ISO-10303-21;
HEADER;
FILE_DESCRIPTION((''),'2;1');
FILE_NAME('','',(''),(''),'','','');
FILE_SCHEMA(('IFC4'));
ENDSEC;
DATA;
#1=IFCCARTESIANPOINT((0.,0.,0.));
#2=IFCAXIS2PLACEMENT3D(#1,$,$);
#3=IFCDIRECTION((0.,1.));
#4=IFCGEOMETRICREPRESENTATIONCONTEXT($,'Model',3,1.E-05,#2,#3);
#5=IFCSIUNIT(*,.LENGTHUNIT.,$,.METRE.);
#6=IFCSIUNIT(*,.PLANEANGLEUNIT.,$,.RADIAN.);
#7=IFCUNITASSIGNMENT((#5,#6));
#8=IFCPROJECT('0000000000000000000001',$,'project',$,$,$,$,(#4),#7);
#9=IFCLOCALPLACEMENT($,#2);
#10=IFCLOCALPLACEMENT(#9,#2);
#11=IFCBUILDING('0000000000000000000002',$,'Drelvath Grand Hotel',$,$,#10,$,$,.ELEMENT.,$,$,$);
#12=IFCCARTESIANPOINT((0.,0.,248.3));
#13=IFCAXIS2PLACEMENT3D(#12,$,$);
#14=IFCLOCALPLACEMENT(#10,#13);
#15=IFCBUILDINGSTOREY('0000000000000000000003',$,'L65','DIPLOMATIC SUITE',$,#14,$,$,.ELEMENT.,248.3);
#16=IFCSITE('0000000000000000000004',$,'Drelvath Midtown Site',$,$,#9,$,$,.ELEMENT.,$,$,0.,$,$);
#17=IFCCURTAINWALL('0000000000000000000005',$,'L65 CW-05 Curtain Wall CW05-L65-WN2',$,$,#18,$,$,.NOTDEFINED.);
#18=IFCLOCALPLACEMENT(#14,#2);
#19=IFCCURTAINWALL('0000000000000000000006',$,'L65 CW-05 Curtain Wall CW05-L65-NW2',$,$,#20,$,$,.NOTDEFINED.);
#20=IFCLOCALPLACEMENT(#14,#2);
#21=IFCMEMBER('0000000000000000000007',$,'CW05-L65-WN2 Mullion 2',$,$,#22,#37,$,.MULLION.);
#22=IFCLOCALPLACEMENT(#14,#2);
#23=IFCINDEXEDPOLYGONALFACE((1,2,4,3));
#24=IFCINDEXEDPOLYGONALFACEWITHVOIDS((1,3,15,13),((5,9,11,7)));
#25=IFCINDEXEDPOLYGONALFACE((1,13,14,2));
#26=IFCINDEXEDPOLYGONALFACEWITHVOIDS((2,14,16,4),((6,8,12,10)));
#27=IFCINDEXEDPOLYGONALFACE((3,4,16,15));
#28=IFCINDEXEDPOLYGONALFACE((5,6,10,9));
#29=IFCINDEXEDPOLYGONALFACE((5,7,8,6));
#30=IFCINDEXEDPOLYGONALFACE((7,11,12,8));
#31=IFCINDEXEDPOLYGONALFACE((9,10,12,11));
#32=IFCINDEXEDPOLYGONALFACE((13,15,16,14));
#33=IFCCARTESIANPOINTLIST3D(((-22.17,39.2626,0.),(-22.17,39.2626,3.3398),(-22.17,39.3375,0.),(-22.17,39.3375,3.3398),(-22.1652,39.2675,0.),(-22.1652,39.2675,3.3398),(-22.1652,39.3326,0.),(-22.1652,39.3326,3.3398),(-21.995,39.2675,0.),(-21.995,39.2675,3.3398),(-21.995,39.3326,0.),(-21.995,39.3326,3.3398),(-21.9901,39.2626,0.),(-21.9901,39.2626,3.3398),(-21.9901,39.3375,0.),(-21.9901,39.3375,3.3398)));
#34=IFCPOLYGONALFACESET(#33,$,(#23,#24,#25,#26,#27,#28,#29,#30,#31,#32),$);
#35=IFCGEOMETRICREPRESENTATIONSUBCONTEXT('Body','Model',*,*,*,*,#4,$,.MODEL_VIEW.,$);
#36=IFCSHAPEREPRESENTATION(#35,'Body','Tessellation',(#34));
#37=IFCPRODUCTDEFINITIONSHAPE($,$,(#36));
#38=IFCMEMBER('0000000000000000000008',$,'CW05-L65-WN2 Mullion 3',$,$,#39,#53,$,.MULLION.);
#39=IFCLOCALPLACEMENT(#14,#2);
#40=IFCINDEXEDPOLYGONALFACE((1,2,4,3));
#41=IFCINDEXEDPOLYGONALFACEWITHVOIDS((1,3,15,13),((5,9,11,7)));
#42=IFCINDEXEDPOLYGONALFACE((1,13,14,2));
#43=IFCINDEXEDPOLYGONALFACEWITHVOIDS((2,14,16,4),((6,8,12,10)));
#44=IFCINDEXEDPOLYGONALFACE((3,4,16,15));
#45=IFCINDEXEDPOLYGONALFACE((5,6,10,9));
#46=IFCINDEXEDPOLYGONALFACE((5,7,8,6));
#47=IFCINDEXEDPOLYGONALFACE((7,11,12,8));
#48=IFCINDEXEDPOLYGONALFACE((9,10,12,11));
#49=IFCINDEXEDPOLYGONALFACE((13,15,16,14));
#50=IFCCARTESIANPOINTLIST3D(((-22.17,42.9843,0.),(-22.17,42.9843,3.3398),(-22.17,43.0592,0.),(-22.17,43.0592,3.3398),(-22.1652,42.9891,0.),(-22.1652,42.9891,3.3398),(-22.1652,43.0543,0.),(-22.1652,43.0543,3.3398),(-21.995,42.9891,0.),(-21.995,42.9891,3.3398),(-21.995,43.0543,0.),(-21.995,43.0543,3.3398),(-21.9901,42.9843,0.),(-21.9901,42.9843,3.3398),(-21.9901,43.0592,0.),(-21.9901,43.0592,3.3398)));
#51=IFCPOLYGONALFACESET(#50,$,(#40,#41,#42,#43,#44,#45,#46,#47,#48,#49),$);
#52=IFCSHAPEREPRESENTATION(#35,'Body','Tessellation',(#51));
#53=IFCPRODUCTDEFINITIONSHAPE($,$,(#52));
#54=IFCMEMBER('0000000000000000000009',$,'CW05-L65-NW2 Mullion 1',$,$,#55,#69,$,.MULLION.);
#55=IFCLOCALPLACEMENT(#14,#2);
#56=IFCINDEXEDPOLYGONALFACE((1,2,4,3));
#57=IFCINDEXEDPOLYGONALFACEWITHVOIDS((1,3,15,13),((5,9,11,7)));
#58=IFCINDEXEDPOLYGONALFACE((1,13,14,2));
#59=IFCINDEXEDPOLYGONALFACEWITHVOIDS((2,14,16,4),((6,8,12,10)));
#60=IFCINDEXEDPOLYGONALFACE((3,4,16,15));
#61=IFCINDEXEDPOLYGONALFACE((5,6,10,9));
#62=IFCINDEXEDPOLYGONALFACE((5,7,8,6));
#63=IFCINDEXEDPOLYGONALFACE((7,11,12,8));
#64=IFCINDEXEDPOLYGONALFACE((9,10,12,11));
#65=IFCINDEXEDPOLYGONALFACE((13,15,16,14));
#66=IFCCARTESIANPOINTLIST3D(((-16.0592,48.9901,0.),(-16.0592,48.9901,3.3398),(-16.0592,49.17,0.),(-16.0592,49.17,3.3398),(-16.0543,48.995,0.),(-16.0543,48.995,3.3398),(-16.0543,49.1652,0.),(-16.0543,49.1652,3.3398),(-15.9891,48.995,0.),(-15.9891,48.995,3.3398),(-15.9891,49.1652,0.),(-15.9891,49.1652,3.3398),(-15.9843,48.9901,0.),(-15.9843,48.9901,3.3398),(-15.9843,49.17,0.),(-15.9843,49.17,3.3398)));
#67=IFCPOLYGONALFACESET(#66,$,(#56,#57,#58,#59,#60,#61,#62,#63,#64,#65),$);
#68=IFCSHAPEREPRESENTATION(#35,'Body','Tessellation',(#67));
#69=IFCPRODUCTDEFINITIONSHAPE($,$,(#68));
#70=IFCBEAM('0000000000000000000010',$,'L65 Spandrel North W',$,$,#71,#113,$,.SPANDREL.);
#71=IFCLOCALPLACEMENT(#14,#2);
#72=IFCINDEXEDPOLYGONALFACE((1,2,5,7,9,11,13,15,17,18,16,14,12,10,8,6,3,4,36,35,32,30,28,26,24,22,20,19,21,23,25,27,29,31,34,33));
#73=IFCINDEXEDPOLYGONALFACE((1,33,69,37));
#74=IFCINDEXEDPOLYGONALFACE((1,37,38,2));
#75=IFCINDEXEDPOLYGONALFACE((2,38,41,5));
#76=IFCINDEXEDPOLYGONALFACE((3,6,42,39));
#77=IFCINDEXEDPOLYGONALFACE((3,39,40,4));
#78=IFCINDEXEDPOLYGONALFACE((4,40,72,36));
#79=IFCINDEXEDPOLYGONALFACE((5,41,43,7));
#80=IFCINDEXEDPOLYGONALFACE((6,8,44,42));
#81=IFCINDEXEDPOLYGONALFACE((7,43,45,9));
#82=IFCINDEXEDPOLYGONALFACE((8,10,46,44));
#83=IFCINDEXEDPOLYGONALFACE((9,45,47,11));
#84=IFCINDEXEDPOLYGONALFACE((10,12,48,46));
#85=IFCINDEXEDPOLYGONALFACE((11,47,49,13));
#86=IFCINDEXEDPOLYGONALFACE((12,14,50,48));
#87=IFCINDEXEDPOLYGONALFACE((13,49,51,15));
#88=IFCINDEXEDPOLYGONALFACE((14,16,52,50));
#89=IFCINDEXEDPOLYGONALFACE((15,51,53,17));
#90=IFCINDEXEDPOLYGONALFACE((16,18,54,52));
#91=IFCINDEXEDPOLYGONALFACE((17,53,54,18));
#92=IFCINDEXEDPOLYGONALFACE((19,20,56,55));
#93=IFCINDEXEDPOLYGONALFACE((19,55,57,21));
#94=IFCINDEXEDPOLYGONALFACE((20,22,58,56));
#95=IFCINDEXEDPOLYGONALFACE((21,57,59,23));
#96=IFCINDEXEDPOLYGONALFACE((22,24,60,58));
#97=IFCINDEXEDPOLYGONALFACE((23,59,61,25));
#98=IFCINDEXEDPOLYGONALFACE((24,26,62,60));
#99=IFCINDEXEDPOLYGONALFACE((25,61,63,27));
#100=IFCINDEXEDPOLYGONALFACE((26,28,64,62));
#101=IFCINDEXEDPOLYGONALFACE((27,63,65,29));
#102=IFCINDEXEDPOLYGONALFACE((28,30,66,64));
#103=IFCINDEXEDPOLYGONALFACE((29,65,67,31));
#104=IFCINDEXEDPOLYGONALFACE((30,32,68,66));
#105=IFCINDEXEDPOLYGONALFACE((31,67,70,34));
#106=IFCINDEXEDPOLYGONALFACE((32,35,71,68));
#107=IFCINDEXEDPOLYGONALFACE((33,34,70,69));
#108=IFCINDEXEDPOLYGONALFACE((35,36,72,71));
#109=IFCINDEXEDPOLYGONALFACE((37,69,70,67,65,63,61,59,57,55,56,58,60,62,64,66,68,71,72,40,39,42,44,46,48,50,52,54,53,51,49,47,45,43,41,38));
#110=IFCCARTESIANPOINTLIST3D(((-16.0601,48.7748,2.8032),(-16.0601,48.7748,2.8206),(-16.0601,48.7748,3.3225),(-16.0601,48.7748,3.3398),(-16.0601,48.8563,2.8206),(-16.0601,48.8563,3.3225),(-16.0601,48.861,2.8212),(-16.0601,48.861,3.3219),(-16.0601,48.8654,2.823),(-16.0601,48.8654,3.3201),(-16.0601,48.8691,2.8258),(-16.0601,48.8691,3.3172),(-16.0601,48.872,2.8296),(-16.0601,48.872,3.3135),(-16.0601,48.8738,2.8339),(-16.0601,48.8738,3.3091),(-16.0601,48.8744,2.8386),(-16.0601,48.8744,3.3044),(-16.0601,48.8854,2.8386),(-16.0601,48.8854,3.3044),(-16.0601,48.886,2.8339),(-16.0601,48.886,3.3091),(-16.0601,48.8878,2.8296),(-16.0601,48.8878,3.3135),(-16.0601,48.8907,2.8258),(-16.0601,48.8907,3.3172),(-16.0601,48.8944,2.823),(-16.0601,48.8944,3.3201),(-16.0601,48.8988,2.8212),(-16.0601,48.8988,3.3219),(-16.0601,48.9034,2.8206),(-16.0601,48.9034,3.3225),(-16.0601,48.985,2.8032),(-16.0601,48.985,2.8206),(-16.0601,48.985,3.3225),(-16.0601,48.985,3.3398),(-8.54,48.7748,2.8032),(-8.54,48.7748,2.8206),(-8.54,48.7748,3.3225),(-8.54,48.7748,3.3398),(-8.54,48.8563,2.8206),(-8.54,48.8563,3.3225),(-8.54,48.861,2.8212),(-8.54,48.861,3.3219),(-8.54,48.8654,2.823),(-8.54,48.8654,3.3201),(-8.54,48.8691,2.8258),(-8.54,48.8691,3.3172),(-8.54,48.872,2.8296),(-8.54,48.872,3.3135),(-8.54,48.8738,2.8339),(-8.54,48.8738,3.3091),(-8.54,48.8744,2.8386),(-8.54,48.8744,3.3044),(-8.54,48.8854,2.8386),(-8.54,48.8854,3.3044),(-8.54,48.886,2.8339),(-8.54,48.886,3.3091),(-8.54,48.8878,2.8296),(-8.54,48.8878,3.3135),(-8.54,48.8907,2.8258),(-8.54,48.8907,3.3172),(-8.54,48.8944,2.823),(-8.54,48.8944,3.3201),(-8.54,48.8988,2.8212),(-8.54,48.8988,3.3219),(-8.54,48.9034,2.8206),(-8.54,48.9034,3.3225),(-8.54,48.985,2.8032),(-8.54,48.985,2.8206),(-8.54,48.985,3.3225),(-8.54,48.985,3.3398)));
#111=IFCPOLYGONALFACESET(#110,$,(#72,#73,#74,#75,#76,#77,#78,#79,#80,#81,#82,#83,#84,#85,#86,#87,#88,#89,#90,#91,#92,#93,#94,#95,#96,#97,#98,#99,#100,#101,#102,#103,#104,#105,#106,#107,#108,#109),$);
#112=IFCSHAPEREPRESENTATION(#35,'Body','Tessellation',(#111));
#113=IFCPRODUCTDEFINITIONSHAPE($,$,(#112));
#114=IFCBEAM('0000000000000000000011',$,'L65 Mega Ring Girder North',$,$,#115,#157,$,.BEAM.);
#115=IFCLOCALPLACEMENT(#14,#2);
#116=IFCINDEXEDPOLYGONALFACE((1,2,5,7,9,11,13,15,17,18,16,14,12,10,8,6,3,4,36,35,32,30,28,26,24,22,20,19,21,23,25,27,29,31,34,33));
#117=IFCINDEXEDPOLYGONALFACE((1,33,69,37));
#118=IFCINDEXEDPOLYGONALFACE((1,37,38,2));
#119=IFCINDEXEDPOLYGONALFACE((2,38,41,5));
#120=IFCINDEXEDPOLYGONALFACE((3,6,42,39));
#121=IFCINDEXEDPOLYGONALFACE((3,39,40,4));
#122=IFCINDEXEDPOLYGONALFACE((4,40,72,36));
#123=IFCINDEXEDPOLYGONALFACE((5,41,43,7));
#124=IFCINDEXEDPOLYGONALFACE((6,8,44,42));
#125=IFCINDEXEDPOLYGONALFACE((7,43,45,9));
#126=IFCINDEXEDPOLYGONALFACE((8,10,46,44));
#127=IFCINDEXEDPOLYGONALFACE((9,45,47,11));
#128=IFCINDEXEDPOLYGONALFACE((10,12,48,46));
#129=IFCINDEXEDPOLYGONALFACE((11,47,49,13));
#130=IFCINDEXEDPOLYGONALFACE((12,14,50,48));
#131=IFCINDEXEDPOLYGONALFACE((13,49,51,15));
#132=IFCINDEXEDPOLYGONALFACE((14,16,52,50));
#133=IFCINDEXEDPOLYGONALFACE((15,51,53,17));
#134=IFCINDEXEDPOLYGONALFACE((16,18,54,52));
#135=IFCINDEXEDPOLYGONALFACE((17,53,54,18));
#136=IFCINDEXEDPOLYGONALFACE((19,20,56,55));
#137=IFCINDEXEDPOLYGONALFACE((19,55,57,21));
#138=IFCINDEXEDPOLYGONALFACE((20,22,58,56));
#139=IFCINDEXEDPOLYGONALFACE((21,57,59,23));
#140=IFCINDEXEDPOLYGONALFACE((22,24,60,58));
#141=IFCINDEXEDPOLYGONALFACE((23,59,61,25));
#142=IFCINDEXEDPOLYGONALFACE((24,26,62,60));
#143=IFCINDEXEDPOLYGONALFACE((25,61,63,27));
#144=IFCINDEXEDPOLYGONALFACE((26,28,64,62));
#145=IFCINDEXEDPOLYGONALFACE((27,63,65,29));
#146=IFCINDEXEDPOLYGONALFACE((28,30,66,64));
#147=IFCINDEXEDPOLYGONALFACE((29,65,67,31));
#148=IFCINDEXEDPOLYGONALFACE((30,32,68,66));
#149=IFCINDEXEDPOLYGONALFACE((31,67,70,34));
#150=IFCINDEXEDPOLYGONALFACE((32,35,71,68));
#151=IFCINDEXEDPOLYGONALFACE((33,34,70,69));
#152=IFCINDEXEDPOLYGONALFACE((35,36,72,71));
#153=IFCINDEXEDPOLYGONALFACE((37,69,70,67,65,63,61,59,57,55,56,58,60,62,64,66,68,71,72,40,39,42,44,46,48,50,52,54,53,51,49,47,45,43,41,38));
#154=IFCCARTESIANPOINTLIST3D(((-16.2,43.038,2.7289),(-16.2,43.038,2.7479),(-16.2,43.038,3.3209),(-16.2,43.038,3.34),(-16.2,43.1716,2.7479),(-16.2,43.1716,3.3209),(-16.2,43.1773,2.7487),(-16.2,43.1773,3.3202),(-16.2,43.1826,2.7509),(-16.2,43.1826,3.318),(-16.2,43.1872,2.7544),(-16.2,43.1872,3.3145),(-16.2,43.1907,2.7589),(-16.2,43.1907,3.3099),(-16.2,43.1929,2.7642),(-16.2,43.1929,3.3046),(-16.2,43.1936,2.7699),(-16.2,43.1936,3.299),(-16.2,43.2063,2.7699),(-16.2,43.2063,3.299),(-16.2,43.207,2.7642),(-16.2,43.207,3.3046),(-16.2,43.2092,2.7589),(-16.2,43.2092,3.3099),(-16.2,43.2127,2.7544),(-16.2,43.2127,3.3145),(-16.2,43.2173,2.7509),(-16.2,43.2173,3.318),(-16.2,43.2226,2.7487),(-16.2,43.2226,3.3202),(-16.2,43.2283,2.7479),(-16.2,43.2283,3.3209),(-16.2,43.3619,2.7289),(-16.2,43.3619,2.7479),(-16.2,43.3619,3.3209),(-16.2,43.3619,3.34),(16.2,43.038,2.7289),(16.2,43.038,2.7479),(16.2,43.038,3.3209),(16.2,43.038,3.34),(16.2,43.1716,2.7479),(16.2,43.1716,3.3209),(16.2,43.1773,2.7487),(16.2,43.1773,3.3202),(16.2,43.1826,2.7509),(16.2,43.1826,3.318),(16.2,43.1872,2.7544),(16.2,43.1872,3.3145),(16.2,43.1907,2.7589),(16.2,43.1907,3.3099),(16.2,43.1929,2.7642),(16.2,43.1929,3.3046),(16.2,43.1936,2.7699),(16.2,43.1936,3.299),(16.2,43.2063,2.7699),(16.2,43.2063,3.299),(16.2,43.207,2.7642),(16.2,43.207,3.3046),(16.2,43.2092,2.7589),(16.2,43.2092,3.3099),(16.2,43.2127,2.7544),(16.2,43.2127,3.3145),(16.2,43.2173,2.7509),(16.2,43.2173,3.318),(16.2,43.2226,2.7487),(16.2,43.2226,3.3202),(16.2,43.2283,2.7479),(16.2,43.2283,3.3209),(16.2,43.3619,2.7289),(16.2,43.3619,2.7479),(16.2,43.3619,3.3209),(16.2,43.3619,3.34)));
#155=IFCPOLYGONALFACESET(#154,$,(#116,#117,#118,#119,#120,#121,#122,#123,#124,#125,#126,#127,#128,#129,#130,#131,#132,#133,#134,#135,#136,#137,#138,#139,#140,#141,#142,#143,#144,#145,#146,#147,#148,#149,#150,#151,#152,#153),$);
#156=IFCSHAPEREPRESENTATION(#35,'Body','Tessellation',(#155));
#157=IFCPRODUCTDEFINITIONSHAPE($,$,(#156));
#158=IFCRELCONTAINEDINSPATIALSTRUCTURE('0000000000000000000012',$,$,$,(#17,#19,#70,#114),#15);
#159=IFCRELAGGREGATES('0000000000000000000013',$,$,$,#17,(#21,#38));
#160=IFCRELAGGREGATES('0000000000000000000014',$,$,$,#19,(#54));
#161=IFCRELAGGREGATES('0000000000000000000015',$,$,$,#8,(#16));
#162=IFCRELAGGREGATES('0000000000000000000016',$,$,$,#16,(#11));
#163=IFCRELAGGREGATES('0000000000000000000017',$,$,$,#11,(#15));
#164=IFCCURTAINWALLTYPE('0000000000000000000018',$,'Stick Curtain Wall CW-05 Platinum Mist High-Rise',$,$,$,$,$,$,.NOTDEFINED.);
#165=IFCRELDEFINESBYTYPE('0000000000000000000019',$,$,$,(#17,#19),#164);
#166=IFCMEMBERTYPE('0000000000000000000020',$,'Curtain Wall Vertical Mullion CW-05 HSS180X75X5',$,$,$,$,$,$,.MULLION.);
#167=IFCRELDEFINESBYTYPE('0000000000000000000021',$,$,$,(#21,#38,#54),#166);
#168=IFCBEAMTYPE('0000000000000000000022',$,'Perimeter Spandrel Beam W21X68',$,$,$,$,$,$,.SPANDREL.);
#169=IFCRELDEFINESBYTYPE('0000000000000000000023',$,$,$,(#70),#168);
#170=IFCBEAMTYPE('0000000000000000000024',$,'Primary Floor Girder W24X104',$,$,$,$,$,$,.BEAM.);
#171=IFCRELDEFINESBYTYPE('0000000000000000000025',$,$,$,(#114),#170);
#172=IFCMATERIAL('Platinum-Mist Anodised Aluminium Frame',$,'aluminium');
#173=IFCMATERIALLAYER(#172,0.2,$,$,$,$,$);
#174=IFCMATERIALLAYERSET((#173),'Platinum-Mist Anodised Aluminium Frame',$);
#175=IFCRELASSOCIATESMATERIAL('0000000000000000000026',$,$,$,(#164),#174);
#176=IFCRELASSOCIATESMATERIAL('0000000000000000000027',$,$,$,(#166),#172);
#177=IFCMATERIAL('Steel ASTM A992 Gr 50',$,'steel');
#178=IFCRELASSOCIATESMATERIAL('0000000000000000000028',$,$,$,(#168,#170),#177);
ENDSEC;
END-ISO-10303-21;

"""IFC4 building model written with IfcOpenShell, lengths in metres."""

from ifc_helpers import new_model, si_unit, direction, frame, origin, origin_2d, place, context, subcontext, project, spatial, hollow_rectangle, i_section, extrude, material, layer, layer_set, material_profile, profile_set, type_object, element, aggregate, save


model = new_model("IFC4")

# Units and contexts
model_context = context("Model", 3, precision=1e-05, world=origin(), true_north=direction((0.0, 1.0)))
body_context = subcontext(model_context, "Body", "Model", "MODEL_VIEW")
ifc_project = project(units=[si_unit("LENGTHUNIT", "METRE"), si_unit("PLANEANGLEUNIT", "RADIAN")], contexts=[model_context])

# Site, building, storey
site_placement = place(None, origin())
site = spatial("IfcSite", under=ifc_project, at=site_placement, Name="Drelvath Midtown Site", CompositionType="ELEMENT", RefElevation=0.0)
building_placement = place(site_placement, origin())
building = spatial("IfcBuilding", under=site, at=building_placement, Name="Drelvath Grand Hotel", CompositionType="ELEMENT")
storey_placement = place(building_placement, frame((0.0, 0.0, 248.3)))
storey = spatial("IfcBuildingStorey", under=building, at=storey_placement, Name="L65", Description="DIPLOMATIC SUITE", CompositionType="ELEMENT", Elevation=248.3)

# Shared definitions
ifc_material_1 = material(Name="Steel ASTM A992 Gr 50", Category="steel")

# Curtain walls
ifc_material_2 = material(Name="Platinum-Mist Anodised Aluminium Frame", Category="aluminium")
ifc_layer_1 = layer(ifc_material_2, 0.2)
ifc_layer_set_1 = layer_set([ifc_layer_1], Name="Platinum-Mist Anodised Aluminium Frame")
curtain_wall_type = type_object("IfcCurtainWallType", Name="Stick Curtain Wall CW-05 Platinum Mist High-Rise", PredefinedType="NOTDEFINED", material=ifc_layer_set_1)
curtain_wall_1_placement = place(storey_placement, origin())
curtain_wall_1 = element("IfcCurtainWall", 1, at=curtain_wall_1_placement, inside=storey, type_object=curtain_wall_type, Name="L65 CW-05 Curtain Wall CW05-L65-WN2", PredefinedType="NOTDEFINED")
curtain_wall_2_placement = place(storey_placement, origin())
curtain_wall_2 = element("IfcCurtainWall", 2, at=curtain_wall_2_placement, inside=storey, type_object=curtain_wall_type, Name="L65 CW-05 Curtain Wall CW05-L65-NW2", PredefinedType="NOTDEFINED")

# Members
ifc_material_profile_1 = material_profile(ifc_material_2, hollow_rectangle(XDim=0.075, YDim=0.1799, WallThickness=0.0049, at=origin_2d()), Name="HSS180X75X5")
ifc_profile_set_1 = profile_set([ifc_material_profile_1], Name="Platinum-Mist Anodised Aluminium Frame")
member_type_1 = type_object("IfcMemberType", Name="Curtain Wall Vertical Mullion CW-05 HSS180X75X5", PredefinedType="MULLION", material=ifc_profile_set_1)
member_1_placement = place(storey_placement, frame((-22.0801, 39.3, 0.0), z_axis=(0.0, 0.0, 1.0), x_axis=(0.0, 1.0, 0.0)))
member_1 = element("IfcMember", 3, at=member_1_placement, type_object=member_type_1, Name="CW05-L65-WN2 Mullion 2", PredefinedType="MULLION", context=body_context, shape_type="SweptSolid", body=[
    extrude(hollow_rectangle(XDim=0.075, YDim=0.1799, WallThickness=0.0049, at=origin_2d()), origin(), (0.0, 0.0, 1.0), 3.3398),
])
member_2_placement = place(storey_placement, frame((-22.0801, 43.0217, 0.0), z_axis=(0.0, 0.0, 1.0), x_axis=(0.0, 1.0, 0.0)))
member_2 = element("IfcMember", 4, at=member_2_placement, type_object=member_type_1, Name="CW05-L65-WN2 Mullion 3", PredefinedType="MULLION", context=body_context, shape_type="SweptSolid", body=[
    extrude(hollow_rectangle(XDim=0.075, YDim=0.1799, WallThickness=0.0049, at=origin_2d()), origin(), (0.0, 0.0, 1.0), 3.3398),
])
member_3_placement = place(storey_placement, frame((-16.0217, 49.0801, 0.0), z_axis=(0.0, 0.0, 1.0), x_axis=(1.0, 0.0, 0.0)))
member_3 = element("IfcMember", 5, at=member_3_placement, type_object=member_type_1, Name="CW05-L65-NW2 Mullion 1", PredefinedType="MULLION", context=body_context, shape_type="SweptSolid", body=[
    extrude(hollow_rectangle(XDim=0.075, YDim=0.1799, WallThickness=0.0049, at=origin_2d()), origin(), (0.0, 0.0, 1.0), 3.3398),
])

# Beams
ifc_material_profile_2 = material_profile(ifc_material_1, i_section(OverallWidth=0.2102, OverallDepth=0.5366, WebThickness=0.011, FlangeThickness=0.0173, FilletRadius=0.0181, at=origin_2d()), Name="W21X68")
ifc_profile_set_2 = profile_set([ifc_material_profile_2], Name="Steel ASTM A992 Gr 50")
beam_type_1 = type_object("IfcBeamType", Name="Perimeter Spandrel Beam W21X68", PredefinedType="SPANDREL", material=ifc_profile_set_2)
beam_1_placement = place(storey_placement, frame((-16.0601, 48.8799, 3.0715), z_axis=(1.0, 0.0, 0.0), x_axis=(0.0, 1.0, 0.0)))
element("IfcBeam", 6, at=beam_1_placement, inside=storey, type_object=beam_type_1, Name="L65 Spandrel North W", PredefinedType="SPANDREL", context=body_context, shape_type="SweptSolid", body=[
    extrude(i_section(OverallWidth=0.2102, OverallDepth=0.5366, WebThickness=0.011, FlangeThickness=0.0173, FilletRadius=0.0181, at=origin_2d()), origin(), (0.0, 0.0, 1.0), 7.52),
])
ifc_material_profile_3 = material_profile(ifc_material_1, i_section(OverallWidth=0.324, OverallDepth=0.6111, WebThickness=0.0127, FlangeThickness=0.019, FilletRadius=0.022, at=origin_2d()), Name="W24X104")
ifc_profile_set_3 = profile_set([ifc_material_profile_3], Name="Steel ASTM A992 Gr 50")
beam_type_2 = type_object("IfcBeamType", Name="Primary Floor Girder W24X104", PredefinedType="BEAM", material=ifc_profile_set_3)
beam_2_placement = place(storey_placement, frame((-16.2, 43.2, 3.0344), z_axis=(1.0, 0.0, 0.0), x_axis=(0.0, 1.0, 0.0)))
element("IfcBeam", 7, at=beam_2_placement, inside=storey, type_object=beam_type_2, Name="L65 Mega Ring Girder North", PredefinedType="BEAM", context=body_context, shape_type="SweptSolid", body=[
    extrude(i_section(OverallWidth=0.324, OverallDepth=0.6111, WebThickness=0.0127, FlangeThickness=0.019, FilletRadius=0.022, at=origin_2d()), origin(), (0.0, 0.0, 1.0), 32.3999),
])

aggregate(curtain_wall_1, [member_1, member_2])
aggregate(curtain_wall_2, [member_3])

save(model, "model.ifc")
